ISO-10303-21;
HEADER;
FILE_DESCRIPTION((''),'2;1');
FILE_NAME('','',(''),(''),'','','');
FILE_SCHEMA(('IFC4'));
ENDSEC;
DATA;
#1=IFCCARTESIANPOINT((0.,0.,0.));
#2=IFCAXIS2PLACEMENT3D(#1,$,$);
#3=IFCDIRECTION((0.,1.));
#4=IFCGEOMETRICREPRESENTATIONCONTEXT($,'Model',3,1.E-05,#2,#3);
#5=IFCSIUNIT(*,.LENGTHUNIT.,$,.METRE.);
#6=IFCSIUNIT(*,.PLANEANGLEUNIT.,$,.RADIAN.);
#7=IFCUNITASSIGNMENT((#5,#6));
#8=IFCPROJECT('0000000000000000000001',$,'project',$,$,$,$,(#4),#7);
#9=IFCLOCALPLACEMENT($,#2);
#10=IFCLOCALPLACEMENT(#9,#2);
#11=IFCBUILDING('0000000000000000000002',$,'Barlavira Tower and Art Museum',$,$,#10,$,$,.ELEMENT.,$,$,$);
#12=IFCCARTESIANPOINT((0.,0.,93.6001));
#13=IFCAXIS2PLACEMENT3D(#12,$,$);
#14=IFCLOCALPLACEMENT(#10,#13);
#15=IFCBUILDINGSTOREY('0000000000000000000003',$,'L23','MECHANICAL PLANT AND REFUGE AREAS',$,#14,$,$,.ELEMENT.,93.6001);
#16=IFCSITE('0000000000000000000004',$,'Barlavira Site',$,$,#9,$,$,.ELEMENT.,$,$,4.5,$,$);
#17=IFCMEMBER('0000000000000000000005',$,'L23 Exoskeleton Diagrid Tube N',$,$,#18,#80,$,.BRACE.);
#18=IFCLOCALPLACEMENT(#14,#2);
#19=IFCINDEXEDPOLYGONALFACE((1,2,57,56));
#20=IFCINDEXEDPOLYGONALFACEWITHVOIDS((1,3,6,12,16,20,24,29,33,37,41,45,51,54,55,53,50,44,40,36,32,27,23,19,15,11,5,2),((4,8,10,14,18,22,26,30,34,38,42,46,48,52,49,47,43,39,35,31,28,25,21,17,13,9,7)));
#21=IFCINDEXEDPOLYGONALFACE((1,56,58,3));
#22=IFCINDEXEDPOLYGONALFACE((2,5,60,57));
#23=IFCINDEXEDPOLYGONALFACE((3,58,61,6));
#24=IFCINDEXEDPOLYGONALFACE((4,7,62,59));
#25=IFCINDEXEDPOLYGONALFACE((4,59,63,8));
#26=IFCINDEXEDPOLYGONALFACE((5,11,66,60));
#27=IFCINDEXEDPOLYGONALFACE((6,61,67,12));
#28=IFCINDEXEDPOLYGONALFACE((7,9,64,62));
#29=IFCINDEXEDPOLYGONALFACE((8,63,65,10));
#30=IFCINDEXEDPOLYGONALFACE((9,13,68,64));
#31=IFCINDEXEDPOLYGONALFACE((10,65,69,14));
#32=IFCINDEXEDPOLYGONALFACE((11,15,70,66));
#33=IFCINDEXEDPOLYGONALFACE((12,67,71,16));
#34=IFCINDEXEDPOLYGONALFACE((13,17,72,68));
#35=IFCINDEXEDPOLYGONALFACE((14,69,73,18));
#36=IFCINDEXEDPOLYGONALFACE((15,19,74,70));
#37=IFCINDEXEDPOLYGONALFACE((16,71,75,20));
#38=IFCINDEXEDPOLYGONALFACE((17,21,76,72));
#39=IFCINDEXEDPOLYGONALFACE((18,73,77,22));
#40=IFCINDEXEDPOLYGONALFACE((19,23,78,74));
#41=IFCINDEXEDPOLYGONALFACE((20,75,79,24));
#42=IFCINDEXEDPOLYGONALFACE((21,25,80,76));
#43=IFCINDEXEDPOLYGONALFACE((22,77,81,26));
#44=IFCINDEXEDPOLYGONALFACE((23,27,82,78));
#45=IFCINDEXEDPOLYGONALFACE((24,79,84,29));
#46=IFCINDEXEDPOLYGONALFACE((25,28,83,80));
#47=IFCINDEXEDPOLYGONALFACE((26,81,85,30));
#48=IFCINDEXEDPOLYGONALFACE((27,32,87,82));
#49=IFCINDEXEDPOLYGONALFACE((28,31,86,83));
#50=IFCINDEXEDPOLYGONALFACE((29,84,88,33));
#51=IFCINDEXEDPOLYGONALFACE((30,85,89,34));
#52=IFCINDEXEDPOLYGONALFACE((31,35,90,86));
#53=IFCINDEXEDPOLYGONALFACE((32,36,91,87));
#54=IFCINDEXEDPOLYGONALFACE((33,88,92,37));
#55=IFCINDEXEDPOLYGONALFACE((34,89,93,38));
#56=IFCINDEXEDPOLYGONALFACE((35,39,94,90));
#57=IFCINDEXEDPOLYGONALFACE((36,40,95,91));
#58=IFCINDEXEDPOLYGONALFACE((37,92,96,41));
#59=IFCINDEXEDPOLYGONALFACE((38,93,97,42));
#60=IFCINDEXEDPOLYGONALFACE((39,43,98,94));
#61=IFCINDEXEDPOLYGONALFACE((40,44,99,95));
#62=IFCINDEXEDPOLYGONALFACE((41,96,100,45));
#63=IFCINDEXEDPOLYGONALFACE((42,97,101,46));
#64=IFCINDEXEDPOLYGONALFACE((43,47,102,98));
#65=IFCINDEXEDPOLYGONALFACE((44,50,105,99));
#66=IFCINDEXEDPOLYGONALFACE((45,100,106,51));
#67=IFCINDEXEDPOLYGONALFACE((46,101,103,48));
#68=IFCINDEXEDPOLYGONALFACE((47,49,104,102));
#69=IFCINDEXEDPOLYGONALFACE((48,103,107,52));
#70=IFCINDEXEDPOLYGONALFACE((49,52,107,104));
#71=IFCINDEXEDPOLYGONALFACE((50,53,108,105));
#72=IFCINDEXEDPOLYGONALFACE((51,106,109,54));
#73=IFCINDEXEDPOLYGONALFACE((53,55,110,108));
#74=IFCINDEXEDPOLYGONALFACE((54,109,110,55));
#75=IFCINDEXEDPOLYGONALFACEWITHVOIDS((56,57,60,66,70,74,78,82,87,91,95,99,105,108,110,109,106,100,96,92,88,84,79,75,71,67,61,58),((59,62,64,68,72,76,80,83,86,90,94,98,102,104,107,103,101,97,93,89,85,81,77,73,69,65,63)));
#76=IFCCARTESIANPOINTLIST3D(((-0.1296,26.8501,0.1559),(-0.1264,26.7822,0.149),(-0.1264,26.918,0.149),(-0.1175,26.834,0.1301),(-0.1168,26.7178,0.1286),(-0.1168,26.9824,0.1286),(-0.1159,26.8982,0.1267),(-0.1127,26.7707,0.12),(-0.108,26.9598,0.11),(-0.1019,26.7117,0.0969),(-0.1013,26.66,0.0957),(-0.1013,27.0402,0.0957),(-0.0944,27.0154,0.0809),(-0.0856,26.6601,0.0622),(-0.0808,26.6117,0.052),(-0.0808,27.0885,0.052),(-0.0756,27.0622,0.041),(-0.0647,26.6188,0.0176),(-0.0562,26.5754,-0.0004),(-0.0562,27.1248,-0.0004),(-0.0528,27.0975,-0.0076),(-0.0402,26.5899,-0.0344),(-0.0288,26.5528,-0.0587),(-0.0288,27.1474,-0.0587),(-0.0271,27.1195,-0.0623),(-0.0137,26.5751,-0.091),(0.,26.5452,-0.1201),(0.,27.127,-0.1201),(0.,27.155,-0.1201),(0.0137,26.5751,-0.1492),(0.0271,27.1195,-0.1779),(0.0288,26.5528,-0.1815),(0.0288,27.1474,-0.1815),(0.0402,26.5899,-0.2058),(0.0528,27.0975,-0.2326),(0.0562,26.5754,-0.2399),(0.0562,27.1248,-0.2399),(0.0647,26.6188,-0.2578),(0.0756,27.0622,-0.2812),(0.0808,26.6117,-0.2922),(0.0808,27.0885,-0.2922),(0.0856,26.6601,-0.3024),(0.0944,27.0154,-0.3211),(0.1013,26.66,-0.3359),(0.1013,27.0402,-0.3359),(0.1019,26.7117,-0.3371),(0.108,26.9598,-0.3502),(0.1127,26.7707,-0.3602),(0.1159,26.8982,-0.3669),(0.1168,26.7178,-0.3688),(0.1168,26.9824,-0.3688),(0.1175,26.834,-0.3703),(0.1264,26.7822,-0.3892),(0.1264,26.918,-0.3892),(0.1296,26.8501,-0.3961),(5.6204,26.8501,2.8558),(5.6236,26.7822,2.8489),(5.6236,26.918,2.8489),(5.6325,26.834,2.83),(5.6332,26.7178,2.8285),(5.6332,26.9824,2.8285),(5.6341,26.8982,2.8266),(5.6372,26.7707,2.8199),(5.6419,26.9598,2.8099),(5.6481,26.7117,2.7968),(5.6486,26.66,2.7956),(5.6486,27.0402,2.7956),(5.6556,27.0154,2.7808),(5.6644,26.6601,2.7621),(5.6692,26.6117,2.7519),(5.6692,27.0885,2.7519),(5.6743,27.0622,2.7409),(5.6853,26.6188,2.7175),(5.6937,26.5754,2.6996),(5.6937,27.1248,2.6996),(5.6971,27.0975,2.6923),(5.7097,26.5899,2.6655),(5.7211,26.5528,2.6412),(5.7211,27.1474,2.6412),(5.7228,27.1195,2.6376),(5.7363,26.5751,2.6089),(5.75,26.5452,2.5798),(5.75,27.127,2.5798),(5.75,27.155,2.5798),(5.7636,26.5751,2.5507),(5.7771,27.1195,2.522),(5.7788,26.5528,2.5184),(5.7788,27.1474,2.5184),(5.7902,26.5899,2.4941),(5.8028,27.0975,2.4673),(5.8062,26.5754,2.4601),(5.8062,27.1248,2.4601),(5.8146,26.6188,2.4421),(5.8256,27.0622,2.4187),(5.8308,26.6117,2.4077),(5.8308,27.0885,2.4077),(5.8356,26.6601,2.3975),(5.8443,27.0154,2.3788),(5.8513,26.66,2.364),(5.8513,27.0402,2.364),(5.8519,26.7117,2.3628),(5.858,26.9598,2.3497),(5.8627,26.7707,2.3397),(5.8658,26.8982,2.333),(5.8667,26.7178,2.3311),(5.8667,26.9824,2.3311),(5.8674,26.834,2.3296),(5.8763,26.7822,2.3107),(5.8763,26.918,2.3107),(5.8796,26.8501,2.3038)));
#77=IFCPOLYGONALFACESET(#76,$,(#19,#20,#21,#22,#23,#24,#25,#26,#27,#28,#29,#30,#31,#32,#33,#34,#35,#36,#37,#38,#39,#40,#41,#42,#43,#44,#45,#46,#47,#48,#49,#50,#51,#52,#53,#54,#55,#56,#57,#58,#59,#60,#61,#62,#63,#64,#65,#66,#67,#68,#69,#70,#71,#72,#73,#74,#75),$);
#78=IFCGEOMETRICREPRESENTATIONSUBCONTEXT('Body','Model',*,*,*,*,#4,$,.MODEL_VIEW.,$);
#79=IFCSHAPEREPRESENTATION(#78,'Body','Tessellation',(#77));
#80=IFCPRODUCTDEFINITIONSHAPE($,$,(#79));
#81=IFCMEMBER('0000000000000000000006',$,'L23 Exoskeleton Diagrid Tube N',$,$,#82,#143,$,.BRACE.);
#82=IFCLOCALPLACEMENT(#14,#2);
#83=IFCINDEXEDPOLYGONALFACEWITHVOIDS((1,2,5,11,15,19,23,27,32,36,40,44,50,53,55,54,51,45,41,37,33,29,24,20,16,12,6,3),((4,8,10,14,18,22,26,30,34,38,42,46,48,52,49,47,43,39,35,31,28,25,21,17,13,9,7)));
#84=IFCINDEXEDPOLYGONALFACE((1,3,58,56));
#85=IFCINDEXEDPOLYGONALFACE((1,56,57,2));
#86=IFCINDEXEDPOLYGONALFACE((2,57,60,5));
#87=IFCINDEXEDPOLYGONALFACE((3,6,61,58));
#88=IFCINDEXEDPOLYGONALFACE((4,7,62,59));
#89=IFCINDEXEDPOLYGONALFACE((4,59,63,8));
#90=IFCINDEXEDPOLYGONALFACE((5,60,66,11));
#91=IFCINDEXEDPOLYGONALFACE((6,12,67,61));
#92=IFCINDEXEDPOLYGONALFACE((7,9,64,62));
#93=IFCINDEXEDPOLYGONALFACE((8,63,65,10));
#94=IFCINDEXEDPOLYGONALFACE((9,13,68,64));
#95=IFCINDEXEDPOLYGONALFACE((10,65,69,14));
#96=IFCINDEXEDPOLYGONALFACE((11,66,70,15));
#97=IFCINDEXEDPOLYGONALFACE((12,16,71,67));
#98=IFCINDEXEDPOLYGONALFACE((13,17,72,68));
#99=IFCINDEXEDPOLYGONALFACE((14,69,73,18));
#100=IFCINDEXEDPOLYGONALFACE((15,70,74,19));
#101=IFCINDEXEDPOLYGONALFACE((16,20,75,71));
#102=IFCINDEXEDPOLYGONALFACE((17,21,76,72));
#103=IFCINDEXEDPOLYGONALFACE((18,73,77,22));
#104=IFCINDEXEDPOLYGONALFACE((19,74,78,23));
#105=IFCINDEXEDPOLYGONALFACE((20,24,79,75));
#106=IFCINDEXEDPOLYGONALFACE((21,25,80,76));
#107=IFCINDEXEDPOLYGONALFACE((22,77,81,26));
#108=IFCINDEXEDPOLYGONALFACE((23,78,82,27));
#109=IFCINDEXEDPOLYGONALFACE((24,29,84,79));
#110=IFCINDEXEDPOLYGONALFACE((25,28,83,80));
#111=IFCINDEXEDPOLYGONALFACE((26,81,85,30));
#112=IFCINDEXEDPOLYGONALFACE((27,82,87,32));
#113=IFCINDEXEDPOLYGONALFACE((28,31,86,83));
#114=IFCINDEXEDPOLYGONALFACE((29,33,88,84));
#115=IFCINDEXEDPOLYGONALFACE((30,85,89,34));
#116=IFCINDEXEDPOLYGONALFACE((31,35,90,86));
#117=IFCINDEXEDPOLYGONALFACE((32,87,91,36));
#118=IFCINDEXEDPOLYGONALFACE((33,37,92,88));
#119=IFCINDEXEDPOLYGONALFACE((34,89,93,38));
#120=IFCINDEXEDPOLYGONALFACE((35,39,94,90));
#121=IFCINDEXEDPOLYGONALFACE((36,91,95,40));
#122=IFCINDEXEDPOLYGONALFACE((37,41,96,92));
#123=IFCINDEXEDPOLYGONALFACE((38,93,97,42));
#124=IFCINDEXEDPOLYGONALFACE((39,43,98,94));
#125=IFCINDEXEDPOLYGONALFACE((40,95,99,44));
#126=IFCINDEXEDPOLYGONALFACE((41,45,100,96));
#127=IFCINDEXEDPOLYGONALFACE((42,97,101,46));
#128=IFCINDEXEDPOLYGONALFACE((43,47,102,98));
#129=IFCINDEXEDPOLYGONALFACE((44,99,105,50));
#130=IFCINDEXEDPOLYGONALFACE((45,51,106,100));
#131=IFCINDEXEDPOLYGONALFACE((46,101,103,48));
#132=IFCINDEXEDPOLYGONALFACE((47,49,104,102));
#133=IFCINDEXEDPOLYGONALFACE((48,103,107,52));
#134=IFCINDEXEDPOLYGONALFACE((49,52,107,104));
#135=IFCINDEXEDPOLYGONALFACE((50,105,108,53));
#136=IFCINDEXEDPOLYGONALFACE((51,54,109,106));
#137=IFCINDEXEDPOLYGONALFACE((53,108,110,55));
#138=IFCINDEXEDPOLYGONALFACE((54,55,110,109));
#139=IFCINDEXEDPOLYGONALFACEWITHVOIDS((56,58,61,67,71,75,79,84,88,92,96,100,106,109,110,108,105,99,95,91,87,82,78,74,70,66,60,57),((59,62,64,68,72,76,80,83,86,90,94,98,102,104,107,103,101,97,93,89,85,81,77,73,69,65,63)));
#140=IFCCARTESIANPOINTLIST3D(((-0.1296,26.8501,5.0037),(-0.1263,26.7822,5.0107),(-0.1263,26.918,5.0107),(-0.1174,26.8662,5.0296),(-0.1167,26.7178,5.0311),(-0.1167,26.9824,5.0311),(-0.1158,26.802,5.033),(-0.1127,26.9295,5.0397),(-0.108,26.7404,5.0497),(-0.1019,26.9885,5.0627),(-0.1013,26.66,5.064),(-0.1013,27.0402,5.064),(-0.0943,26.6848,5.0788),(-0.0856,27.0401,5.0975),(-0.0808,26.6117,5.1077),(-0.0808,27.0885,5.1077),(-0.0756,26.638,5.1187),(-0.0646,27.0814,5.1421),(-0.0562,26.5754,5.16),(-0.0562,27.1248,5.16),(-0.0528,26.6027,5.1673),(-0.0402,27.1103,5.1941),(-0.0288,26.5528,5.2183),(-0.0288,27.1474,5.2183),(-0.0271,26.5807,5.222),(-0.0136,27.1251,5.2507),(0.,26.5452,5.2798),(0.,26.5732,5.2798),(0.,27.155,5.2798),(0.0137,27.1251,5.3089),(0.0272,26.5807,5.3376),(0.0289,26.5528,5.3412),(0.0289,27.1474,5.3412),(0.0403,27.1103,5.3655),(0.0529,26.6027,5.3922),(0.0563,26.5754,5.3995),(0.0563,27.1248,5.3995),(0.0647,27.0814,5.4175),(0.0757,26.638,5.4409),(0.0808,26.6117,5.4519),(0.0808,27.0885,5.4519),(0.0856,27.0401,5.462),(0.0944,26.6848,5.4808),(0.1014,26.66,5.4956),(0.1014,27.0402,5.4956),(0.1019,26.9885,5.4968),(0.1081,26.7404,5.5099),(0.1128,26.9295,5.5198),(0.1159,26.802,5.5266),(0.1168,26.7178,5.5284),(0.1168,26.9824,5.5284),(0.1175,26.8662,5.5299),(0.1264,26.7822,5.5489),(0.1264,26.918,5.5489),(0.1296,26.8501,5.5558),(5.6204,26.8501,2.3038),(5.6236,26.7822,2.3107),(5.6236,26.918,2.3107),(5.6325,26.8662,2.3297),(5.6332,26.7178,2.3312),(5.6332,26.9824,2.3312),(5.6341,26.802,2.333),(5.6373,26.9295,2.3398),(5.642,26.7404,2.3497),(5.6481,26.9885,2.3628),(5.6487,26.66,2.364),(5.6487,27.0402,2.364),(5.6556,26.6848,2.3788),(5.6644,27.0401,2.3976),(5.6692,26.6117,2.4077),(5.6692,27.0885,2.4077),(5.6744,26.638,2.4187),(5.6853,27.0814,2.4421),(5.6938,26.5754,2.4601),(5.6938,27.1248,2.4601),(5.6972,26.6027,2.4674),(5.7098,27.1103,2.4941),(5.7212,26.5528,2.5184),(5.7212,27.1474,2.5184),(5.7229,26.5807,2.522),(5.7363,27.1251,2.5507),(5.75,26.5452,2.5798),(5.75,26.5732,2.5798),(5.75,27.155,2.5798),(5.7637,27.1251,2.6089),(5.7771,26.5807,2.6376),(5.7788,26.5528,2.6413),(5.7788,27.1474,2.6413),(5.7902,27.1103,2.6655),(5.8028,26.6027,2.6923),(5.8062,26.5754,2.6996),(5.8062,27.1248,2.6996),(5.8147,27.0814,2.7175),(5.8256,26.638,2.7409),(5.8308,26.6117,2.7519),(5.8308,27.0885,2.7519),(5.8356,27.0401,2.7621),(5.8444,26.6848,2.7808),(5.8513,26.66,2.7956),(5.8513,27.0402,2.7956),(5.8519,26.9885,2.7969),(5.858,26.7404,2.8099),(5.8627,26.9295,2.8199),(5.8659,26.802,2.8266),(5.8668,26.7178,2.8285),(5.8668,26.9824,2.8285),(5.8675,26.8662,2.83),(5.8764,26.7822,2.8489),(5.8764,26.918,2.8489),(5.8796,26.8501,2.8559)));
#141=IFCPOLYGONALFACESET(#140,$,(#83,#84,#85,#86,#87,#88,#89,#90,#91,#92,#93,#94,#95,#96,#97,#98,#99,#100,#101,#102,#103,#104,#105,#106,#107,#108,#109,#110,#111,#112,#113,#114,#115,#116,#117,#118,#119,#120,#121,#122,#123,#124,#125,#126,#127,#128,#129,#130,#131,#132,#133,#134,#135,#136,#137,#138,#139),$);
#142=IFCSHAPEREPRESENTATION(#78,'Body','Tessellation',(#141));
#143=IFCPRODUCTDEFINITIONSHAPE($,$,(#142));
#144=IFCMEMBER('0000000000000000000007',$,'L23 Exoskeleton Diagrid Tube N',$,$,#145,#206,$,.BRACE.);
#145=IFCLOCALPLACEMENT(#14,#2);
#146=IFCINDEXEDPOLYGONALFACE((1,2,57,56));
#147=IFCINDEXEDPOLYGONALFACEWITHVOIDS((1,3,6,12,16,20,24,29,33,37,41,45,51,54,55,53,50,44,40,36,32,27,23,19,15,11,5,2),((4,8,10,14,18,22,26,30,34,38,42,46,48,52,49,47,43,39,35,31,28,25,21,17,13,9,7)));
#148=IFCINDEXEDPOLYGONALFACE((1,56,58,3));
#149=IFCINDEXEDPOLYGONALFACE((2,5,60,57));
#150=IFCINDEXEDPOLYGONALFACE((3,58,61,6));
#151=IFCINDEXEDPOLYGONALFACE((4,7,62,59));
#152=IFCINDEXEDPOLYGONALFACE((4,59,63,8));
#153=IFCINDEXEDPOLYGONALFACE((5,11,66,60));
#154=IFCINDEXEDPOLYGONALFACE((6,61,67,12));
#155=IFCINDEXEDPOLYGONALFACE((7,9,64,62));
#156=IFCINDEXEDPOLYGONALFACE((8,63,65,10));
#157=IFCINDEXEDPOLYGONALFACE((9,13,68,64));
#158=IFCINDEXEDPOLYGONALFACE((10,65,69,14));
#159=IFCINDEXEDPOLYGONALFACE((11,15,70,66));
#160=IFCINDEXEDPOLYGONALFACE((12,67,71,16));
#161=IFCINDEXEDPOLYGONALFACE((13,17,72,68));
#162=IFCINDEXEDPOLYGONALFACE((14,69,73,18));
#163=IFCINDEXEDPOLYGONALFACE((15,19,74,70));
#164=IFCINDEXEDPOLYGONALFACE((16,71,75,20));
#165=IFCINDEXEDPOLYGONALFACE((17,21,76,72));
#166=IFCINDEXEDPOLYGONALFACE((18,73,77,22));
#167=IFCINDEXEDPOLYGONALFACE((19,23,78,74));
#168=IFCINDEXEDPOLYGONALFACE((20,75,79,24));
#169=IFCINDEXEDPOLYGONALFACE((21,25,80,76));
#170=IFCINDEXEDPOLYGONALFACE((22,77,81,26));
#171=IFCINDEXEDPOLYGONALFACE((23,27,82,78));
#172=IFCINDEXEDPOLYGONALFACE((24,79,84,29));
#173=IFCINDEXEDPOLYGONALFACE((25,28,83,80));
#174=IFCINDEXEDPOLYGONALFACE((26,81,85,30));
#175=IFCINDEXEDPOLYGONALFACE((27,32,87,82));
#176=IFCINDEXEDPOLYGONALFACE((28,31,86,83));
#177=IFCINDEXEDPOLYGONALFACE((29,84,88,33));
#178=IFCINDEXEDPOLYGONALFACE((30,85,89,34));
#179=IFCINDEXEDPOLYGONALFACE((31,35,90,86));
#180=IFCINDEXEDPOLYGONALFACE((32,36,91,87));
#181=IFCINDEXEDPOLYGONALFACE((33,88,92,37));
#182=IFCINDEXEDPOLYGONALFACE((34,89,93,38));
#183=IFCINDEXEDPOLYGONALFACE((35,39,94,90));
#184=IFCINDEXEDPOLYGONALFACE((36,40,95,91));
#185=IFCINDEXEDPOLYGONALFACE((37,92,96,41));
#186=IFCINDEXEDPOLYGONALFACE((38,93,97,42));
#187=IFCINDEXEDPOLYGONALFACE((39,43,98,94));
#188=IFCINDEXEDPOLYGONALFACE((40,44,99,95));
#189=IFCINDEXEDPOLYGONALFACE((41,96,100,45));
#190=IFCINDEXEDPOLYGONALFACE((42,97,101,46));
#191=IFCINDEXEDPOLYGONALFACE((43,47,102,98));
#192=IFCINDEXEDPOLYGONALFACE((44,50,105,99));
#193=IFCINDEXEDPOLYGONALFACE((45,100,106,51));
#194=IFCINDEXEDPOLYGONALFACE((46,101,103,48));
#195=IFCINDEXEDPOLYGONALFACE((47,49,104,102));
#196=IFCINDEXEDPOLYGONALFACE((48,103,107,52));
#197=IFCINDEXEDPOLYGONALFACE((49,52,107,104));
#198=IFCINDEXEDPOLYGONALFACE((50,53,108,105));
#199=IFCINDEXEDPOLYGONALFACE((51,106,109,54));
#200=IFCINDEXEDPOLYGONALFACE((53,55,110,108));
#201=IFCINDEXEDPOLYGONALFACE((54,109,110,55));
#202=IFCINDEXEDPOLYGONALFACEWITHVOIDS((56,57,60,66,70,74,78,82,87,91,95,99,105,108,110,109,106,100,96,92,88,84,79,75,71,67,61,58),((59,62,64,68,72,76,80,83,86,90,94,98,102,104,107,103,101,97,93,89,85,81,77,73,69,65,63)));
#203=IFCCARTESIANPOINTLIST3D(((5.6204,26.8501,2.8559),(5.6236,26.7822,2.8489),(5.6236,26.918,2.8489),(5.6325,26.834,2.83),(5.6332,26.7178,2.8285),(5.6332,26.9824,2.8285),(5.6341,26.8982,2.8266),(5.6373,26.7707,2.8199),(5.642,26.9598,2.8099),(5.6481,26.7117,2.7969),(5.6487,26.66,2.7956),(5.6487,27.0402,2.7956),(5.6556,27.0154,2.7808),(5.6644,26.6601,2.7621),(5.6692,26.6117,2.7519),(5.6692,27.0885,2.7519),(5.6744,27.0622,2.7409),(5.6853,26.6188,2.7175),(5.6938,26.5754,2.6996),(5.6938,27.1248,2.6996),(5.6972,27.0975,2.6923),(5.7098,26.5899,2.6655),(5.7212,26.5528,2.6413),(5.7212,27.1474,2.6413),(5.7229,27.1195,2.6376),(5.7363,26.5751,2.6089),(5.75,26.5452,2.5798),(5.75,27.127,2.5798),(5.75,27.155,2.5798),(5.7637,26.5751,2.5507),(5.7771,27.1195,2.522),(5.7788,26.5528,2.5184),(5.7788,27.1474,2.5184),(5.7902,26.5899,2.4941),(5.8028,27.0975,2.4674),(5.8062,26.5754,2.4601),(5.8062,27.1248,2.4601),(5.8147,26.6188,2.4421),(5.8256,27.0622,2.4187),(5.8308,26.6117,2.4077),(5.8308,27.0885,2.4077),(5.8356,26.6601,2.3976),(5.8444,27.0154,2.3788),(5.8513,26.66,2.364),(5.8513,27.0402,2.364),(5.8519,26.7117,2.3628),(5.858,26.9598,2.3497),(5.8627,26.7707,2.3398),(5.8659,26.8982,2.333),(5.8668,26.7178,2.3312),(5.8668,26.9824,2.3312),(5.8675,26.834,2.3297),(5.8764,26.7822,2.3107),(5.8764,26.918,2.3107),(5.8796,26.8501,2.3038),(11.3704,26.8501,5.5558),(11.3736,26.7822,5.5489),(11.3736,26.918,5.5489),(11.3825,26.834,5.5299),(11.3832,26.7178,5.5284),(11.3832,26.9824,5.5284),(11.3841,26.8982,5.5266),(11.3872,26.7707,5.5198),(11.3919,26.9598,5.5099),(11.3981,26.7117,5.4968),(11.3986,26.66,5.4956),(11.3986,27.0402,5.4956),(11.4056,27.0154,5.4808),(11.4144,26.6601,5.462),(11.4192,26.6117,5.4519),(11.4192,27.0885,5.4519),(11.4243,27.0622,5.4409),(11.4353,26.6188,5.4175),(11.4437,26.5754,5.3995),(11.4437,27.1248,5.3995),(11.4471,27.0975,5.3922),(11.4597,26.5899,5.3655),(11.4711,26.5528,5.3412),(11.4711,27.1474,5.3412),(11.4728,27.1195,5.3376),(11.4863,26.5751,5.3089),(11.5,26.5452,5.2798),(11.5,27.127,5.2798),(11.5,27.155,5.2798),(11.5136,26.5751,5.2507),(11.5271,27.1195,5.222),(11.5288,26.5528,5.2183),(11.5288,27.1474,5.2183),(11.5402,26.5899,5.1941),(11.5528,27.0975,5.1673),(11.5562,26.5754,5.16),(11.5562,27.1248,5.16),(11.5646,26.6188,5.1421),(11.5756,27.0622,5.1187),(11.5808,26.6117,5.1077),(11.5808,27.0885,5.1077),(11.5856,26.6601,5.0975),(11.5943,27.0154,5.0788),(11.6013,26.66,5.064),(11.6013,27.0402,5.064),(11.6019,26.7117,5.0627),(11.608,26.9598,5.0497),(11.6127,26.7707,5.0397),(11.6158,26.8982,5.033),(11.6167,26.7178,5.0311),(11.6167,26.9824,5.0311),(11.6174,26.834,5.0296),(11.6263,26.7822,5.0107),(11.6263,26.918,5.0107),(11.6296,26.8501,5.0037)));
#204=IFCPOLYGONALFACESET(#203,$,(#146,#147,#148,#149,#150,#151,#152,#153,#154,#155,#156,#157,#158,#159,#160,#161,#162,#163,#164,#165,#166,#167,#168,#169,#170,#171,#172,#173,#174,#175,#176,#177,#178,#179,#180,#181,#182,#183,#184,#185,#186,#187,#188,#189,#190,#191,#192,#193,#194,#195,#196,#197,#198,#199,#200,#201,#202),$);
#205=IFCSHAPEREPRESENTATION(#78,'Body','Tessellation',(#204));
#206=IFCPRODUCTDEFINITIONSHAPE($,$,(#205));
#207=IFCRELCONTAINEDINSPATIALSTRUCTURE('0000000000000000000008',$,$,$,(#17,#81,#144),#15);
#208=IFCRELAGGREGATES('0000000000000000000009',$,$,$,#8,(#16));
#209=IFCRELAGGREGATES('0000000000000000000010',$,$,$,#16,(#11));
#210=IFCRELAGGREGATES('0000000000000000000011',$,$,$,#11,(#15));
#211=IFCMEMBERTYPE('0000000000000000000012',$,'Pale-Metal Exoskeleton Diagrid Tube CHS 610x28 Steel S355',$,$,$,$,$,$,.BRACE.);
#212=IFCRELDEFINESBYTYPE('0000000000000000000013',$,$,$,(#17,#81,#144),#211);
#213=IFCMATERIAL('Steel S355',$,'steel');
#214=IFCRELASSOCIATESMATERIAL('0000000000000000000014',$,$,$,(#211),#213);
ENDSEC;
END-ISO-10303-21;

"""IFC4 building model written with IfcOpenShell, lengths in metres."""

from ifc_helpers import new_model, si_unit, direction, frame, origin, origin_2d, place, context, subcontext, project, spatial, hollow_circle, extrude, material, material_profile, profile_set, type_object, element, save


model = new_model("IFC4")

# Units and contexts
model_context = context("Model", 3, precision=1e-05, world=origin(), true_north=direction((0.0, 1.0)))
body_context = subcontext(model_context, "Body", "Model", "MODEL_VIEW")
ifc_project = project(units=[si_unit("LENGTHUNIT", "METRE"), si_unit("PLANEANGLEUNIT", "RADIAN")], contexts=[model_context])

# Site, building, storey
site_placement = place(None, origin())
site = spatial("IfcSite", under=ifc_project, at=site_placement, Name="Barlavira Site", CompositionType="ELEMENT", RefElevation=4.5)
building_placement = place(site_placement, origin())
building = spatial("IfcBuilding", under=site, at=building_placement, Name="Barlavira Tower and Art Museum", CompositionType="ELEMENT")
storey_placement = place(building_placement, frame((0.0, 0.0, 93.6001)))
storey = spatial("IfcBuildingStorey", under=building, at=storey_placement, Name="L23", Description="MECHANICAL PLANT AND REFUGE AREAS", CompositionType="ELEMENT", Elevation=93.6001)

# Members
ifc_material_1 = material(Name="Steel S355", Category="steel")
ifc_material_profile_1 = material_profile(ifc_material_1, hollow_circle(Radius=0.3049, WallThickness=0.0281, at=origin_2d()), Name="CHS 610.0x28.0")
ifc_profile_set_1 = profile_set([ifc_material_profile_1], Name="Steel S355")
member_type_1 = type_object("IfcMemberType", Name="Pale-Metal Exoskeleton Diagrid Tube CHS 610x28 Steel S355", PredefinedType="BRACE", material=ifc_profile_set_1)
for number, where, z_axis, x_axis, name in (
    (1, (0.0, 26.8501, -0.1201), (0.905178, 0.0, 0.425032), (0.0, 1.0, 0.0), "L23 Exoskeleton Diagrid Tube N"),
    (2, (5.75, 26.8501, 2.5798), (-0.905178, 0.0, 0.425032), (0.0, -1.0, 0.0), "L23 Exoskeleton Diagrid Tube N"),
    (3, (5.75, 26.8501, 2.5798), (0.905178, 0.0, 0.425032), (0.0, 1.0, 0.0), "L23 Exoskeleton Diagrid Tube N"),
):
    element("IfcMember", number, at=place(storey_placement, frame(where, z_axis=z_axis, x_axis=x_axis)), inside=storey, type_object=member_type_1, Name=name, PredefinedType="BRACE", context=body_context, shape_type="SweptSolid", body=[
        extrude(hollow_circle(Radius=0.3049, WallThickness=0.0281, at=origin_2d()), origin(), (0.0, 0.0, 1.0), 6.3523),
    ])

save(model, "model.ifc")
